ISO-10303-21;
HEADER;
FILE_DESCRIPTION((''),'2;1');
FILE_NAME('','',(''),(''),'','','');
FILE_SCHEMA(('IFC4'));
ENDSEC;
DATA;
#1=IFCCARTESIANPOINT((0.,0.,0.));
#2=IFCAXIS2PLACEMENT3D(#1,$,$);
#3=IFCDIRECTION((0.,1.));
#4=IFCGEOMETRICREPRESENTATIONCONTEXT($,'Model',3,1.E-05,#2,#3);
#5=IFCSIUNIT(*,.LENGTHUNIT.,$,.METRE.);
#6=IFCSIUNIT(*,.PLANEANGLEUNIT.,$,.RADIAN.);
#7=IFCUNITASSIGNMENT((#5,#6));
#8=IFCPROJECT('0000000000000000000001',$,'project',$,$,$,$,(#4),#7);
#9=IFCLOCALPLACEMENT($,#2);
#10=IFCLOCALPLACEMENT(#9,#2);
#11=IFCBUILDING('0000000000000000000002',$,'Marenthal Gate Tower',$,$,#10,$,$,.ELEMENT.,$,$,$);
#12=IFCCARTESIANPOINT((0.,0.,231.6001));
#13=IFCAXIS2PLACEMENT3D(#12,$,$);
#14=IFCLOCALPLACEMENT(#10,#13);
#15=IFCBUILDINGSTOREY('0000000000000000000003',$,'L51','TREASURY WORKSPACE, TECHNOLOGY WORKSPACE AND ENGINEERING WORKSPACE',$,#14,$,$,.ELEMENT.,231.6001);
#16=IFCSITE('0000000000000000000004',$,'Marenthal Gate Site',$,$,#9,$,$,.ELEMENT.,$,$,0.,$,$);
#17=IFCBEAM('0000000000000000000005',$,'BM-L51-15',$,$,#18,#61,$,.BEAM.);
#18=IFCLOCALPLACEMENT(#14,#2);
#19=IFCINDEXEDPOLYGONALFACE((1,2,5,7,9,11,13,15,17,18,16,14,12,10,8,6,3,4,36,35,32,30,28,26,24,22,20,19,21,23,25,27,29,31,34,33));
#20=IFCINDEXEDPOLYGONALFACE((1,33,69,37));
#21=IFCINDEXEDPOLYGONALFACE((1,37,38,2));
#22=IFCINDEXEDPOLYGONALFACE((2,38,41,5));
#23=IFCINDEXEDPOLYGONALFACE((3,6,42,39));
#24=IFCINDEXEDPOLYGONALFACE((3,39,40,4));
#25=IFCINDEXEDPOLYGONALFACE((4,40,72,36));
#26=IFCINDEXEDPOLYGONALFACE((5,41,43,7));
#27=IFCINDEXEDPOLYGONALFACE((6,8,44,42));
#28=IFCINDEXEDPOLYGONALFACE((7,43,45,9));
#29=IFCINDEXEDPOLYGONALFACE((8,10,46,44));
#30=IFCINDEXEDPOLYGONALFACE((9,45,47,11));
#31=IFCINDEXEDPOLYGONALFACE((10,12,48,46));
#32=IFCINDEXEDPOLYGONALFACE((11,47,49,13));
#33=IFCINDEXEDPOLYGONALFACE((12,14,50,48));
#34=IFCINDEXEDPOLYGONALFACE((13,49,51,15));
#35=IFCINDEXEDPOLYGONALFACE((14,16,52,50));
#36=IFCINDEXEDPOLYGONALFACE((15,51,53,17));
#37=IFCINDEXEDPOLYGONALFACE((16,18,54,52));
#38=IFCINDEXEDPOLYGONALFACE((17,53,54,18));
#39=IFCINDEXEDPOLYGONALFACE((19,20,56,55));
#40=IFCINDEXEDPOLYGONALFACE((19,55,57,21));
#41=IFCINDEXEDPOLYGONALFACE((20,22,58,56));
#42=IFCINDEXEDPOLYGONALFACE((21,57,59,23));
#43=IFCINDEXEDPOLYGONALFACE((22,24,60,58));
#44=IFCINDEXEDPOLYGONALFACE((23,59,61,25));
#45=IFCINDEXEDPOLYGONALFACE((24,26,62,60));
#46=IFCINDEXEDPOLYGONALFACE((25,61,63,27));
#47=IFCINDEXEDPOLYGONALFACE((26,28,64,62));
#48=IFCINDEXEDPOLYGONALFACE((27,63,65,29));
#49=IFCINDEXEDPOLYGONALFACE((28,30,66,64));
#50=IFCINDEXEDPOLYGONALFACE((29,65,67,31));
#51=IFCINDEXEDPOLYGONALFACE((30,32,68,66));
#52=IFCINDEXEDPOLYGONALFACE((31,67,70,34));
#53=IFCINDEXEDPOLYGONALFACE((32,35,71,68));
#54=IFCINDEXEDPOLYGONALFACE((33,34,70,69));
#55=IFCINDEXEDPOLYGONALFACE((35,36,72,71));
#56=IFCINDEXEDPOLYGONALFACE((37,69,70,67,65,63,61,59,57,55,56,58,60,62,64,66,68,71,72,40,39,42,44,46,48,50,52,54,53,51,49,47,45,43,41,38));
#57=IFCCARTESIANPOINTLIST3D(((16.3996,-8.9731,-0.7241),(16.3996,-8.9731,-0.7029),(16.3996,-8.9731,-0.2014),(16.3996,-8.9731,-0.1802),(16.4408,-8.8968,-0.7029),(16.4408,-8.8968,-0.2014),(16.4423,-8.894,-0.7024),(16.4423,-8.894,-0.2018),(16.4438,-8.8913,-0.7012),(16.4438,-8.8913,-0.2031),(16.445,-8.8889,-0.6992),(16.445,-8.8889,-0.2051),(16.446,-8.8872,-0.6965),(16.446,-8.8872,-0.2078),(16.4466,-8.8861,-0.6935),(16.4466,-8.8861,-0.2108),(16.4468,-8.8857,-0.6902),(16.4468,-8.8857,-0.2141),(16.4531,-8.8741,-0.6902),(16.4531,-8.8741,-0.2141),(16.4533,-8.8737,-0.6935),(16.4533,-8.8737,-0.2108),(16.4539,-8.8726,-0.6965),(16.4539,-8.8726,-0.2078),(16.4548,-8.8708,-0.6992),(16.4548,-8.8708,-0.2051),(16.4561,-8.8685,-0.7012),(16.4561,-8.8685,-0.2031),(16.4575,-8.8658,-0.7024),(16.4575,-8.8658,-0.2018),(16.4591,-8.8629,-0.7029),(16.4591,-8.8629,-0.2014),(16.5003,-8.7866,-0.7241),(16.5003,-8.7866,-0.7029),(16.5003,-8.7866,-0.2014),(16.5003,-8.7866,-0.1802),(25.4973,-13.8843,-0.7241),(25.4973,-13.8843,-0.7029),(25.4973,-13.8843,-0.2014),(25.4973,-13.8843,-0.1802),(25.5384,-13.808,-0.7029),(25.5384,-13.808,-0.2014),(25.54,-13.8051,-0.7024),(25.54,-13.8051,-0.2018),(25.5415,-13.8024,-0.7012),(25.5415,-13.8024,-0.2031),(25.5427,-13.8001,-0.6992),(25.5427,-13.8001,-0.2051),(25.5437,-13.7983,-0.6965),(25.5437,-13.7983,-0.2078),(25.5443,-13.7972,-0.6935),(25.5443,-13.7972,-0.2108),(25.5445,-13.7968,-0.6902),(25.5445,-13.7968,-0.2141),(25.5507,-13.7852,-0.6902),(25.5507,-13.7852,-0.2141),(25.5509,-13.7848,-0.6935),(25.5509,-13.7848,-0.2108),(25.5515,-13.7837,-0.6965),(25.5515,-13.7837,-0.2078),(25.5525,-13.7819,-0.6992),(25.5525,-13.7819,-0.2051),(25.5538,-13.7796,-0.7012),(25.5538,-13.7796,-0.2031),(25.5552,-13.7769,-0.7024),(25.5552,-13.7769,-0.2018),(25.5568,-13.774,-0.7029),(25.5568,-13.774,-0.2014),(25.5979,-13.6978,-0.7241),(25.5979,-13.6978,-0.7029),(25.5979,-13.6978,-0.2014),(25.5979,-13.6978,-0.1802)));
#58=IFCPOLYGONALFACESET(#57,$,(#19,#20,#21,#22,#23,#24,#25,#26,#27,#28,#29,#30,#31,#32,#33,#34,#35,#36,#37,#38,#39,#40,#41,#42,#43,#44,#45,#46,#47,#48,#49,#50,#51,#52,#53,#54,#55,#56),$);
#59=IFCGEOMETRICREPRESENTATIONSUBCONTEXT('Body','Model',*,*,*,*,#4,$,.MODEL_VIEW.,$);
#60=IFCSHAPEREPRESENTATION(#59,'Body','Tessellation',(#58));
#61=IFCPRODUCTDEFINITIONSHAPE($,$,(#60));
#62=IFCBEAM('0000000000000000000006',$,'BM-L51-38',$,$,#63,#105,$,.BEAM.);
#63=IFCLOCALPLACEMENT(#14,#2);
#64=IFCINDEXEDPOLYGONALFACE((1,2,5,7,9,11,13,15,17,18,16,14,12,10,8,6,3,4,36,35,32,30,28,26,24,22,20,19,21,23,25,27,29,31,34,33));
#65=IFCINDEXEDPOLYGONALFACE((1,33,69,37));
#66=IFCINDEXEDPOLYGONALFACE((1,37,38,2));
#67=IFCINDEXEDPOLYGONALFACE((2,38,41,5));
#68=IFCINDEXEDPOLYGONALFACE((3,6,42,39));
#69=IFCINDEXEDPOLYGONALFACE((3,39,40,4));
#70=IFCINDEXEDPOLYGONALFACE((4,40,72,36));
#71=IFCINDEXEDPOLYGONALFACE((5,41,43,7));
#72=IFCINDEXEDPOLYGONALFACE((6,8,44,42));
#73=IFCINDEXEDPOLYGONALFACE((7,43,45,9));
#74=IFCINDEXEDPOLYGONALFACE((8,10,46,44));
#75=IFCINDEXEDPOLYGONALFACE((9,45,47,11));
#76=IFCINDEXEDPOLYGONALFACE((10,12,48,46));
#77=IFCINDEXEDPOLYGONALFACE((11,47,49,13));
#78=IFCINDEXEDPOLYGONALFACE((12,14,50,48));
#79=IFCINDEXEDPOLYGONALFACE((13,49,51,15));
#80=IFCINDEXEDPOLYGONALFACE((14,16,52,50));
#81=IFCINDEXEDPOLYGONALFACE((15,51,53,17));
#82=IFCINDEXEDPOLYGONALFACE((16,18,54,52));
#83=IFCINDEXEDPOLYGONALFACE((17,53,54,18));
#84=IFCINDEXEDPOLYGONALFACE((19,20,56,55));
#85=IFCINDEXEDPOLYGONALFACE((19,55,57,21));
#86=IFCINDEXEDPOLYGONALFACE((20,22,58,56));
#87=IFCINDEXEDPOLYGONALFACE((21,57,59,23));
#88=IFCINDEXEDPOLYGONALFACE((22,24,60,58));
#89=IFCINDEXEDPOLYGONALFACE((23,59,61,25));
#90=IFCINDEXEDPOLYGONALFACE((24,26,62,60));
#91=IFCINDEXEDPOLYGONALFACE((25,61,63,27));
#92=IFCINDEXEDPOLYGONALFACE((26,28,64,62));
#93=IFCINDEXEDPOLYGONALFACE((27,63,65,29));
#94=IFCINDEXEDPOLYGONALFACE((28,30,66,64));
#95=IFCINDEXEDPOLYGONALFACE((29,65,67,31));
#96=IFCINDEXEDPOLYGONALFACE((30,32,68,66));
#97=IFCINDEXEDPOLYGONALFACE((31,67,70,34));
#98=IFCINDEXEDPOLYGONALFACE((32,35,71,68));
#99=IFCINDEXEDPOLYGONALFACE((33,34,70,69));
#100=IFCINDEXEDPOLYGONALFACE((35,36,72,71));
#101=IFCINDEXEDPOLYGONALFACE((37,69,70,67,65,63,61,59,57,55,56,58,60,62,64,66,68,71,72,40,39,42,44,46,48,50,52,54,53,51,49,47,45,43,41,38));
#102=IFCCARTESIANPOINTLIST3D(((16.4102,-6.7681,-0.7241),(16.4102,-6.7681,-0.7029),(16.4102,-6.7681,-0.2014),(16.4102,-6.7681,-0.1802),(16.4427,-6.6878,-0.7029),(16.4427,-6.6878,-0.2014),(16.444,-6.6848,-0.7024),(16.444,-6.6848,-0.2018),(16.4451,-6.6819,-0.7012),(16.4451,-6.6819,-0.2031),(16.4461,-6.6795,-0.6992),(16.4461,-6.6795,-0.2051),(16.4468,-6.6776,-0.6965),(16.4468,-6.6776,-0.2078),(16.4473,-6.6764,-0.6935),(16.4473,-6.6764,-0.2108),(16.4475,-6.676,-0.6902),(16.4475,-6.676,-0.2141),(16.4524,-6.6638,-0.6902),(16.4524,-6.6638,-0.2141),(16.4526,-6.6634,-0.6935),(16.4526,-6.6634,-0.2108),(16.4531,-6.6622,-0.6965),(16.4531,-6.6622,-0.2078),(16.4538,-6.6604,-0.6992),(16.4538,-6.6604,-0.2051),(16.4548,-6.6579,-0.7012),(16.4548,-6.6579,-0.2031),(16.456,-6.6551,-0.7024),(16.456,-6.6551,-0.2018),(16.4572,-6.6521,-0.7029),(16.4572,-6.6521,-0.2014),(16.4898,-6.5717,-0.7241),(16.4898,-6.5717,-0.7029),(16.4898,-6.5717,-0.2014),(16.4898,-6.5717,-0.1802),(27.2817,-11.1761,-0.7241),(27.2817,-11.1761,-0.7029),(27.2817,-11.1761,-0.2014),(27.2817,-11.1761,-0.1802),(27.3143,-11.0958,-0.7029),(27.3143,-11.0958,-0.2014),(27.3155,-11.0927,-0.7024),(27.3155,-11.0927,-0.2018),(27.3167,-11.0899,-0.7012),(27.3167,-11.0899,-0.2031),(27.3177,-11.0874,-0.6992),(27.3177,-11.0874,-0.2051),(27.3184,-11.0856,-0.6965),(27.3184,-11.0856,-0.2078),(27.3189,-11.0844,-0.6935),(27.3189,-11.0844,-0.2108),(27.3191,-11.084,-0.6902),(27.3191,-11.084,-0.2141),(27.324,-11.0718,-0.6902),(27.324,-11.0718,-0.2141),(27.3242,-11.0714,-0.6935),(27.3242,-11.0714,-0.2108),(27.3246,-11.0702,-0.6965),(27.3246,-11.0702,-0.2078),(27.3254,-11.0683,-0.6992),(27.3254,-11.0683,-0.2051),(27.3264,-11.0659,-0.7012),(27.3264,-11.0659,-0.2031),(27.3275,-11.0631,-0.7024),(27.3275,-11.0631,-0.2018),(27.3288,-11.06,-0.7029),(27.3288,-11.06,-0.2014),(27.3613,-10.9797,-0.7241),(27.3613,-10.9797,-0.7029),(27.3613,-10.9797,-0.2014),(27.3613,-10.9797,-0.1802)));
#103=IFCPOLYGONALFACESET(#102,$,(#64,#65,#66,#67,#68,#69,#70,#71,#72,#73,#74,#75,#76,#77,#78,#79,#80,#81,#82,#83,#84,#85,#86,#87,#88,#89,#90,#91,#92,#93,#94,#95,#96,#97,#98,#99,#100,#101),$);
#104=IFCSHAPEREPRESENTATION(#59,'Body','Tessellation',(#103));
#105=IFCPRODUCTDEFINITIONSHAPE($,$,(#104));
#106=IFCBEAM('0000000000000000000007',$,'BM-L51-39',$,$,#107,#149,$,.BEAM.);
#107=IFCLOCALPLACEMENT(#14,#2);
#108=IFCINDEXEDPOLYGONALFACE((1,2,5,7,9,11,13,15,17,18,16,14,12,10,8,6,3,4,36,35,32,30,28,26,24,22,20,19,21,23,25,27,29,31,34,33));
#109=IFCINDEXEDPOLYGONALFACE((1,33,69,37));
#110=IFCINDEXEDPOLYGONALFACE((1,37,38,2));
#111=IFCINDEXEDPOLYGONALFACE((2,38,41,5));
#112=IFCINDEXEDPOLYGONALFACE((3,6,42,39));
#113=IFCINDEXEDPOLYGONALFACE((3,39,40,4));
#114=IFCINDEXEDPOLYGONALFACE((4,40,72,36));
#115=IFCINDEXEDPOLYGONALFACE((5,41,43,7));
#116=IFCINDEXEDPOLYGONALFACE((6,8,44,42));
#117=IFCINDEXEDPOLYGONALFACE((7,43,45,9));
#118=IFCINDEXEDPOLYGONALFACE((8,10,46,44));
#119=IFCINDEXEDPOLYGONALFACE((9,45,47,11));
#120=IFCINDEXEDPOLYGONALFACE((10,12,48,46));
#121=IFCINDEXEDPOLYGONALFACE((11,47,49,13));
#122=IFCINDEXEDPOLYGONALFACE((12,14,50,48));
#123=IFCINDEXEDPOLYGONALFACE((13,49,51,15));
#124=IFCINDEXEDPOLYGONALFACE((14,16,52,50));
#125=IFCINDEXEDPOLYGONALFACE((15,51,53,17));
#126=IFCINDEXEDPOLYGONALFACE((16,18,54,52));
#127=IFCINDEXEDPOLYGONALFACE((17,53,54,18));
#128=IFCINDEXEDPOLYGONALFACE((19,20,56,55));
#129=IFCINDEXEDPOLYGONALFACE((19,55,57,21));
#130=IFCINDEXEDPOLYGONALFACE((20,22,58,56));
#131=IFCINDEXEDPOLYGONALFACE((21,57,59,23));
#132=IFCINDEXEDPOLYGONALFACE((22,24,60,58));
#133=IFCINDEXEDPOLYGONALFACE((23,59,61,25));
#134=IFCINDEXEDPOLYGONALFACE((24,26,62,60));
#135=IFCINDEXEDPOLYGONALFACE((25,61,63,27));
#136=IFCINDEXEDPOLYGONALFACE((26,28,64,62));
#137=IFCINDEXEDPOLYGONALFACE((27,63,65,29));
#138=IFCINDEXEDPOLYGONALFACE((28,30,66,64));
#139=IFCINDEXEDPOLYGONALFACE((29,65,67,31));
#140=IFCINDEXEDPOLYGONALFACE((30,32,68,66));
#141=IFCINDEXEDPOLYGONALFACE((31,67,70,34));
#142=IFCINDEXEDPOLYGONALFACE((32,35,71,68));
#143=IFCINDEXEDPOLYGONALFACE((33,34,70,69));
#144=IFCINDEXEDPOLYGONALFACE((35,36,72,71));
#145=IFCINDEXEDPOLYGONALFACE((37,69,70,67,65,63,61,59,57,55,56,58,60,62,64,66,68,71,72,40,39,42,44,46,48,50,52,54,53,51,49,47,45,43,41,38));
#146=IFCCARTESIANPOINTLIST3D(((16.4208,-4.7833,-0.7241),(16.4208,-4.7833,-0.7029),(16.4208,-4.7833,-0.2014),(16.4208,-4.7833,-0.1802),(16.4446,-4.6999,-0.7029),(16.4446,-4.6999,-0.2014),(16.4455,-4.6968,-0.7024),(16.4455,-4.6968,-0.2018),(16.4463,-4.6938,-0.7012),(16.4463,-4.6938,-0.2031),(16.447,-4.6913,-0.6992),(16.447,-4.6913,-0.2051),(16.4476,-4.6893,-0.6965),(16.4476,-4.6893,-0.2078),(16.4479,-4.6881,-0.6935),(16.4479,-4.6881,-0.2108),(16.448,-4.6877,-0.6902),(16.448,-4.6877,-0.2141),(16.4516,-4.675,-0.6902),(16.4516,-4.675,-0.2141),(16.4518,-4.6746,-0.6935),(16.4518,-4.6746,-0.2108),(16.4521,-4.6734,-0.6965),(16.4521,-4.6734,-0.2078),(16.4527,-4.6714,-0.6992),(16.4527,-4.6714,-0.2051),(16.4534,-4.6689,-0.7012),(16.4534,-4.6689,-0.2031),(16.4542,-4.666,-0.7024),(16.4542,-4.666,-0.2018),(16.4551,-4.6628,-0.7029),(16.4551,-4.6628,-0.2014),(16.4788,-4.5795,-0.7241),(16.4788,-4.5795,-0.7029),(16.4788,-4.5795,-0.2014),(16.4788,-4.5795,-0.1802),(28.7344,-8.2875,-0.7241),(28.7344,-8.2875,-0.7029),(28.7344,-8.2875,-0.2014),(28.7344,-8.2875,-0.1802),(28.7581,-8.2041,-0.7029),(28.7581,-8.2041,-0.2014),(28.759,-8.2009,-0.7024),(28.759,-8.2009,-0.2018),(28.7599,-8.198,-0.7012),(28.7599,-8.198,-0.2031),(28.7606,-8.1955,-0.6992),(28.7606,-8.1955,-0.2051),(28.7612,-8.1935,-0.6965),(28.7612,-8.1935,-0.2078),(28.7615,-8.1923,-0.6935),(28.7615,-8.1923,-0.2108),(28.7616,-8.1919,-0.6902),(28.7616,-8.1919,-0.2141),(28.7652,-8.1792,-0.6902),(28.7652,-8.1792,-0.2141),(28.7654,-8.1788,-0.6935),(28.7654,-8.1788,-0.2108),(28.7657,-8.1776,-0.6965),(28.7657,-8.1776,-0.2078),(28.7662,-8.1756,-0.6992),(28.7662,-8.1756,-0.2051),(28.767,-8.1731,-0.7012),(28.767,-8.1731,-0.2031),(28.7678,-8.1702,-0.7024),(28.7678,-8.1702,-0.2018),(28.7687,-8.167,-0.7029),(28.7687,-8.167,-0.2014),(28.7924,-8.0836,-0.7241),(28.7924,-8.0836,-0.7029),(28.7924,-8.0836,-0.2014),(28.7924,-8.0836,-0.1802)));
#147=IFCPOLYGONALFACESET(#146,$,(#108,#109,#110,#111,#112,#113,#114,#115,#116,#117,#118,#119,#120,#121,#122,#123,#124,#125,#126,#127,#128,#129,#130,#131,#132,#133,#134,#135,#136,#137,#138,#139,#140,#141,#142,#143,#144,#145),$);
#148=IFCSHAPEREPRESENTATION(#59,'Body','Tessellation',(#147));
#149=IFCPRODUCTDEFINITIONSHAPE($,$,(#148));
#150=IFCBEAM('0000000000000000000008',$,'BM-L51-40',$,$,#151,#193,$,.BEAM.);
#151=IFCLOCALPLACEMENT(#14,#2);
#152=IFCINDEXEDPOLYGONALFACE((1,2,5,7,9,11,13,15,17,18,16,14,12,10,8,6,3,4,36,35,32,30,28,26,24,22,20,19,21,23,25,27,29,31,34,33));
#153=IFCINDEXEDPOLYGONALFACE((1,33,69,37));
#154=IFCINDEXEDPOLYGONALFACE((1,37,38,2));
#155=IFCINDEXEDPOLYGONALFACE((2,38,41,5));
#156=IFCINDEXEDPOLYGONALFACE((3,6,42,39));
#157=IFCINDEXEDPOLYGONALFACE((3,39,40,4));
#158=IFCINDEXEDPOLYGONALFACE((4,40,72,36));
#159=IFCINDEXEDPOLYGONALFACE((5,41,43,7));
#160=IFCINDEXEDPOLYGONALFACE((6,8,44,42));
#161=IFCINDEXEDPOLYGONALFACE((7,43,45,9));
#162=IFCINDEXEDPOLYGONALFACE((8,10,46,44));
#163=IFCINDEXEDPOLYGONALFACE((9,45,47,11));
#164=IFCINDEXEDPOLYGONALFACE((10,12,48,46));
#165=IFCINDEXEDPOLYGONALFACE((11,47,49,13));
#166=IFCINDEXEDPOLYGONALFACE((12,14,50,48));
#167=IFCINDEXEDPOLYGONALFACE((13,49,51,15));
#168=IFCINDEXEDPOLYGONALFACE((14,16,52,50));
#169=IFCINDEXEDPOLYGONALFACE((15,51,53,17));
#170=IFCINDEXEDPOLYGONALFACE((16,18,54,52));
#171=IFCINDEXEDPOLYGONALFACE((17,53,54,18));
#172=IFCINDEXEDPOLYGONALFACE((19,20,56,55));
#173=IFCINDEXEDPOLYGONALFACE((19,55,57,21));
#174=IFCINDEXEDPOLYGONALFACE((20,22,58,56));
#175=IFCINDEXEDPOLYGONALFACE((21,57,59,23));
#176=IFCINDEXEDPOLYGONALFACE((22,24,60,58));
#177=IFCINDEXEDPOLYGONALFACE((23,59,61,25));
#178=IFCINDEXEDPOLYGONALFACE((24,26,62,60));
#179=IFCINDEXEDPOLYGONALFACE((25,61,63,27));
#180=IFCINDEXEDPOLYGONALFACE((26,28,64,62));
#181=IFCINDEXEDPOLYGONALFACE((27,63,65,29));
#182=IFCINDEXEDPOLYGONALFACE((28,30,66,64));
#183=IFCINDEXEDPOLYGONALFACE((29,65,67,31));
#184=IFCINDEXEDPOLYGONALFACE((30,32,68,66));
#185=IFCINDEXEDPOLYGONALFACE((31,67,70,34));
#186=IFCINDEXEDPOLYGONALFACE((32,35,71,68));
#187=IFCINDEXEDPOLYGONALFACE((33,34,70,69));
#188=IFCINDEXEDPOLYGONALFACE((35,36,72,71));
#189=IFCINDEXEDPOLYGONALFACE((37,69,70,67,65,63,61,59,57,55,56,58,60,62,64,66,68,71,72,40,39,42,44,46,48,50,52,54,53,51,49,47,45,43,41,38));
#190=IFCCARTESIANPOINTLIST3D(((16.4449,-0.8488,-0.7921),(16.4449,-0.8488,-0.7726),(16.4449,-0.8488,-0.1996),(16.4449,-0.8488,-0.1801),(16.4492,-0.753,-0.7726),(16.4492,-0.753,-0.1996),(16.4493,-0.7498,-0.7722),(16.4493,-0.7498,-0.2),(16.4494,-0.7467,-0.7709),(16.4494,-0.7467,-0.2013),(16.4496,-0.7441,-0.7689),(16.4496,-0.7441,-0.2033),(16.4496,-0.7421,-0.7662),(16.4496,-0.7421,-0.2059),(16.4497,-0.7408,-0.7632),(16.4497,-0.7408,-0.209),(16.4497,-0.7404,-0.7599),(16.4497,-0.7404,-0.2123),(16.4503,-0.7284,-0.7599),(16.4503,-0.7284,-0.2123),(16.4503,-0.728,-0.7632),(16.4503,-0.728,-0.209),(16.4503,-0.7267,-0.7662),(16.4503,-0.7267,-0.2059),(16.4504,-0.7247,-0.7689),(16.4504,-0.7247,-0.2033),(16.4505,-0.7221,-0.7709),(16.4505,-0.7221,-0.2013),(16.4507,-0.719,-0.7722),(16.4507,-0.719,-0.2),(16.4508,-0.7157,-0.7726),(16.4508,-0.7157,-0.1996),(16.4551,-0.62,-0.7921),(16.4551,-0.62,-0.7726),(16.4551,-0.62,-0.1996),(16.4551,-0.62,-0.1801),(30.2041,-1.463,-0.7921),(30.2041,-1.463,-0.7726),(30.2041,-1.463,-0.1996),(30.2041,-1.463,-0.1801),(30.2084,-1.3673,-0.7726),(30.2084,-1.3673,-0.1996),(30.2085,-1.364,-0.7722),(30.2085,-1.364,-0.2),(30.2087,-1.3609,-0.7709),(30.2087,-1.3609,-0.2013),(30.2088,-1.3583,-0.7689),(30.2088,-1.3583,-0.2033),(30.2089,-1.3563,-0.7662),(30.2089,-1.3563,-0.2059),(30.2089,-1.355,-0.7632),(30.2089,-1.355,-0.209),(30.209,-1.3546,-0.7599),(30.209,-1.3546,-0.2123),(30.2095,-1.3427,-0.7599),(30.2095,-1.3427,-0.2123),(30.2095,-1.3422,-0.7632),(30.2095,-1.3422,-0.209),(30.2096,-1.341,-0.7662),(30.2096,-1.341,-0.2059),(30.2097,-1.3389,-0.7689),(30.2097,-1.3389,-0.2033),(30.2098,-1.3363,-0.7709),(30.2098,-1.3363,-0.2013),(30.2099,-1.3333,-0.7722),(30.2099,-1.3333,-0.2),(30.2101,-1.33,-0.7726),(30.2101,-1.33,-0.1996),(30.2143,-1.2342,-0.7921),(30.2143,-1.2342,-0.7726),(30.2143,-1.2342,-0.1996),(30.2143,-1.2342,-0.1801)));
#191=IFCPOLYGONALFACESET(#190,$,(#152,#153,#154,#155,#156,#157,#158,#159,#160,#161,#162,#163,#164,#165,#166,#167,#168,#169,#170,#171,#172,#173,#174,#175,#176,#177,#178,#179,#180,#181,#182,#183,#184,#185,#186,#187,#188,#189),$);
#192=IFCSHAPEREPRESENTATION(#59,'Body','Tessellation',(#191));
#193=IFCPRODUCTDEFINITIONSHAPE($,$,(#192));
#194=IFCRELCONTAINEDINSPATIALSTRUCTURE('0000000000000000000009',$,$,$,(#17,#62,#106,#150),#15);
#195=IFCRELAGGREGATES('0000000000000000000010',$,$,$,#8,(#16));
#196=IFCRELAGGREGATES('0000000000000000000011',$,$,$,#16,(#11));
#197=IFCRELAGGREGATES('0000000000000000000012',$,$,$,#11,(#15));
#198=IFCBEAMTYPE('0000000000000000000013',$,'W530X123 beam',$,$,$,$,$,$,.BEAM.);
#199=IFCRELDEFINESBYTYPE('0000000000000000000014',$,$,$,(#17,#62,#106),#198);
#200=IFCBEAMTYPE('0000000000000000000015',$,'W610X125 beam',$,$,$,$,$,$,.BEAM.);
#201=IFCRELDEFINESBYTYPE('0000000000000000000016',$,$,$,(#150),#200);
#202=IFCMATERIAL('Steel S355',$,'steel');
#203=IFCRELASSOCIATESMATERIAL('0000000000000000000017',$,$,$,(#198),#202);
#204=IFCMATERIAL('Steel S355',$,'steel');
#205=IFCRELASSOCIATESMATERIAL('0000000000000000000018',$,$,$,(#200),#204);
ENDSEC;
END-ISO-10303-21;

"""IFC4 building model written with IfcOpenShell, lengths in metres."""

from ifc_helpers import new_model, si_unit, direction, frame, origin, origin_2d, place, context, subcontext, project, spatial, i_section, extrude, material, material_profile, profile_set, type_object, element, save


model = new_model("IFC4")

# Units and contexts
model_context = context("Model", 3, precision=1e-05, world=origin(), true_north=direction((0.0, 1.0)))
body_context = subcontext(model_context, "Body", "Model", "MODEL_VIEW")
ifc_project = project(units=[si_unit("LENGTHUNIT", "METRE"), si_unit("PLANEANGLEUNIT", "RADIAN")], contexts=[model_context])

# Site, building, storey
site_placement = place(None, origin())
site = spatial("IfcSite", under=ifc_project, at=site_placement, Name="Marenthal Gate Site", CompositionType="ELEMENT", RefElevation=0.0)
building_placement = place(site_placement, origin())
building = spatial("IfcBuilding", under=site, at=building_placement, Name="Marenthal Gate Tower", CompositionType="ELEMENT")
storey_placement = place(building_placement, frame((0.0, 0.0, 231.6001)))
storey = spatial("IfcBuildingStorey", under=building, at=storey_placement, Name="L51", Description="TREASURY WORKSPACE, TECHNOLOGY WORKSPACE AND ENGINEERING WORKSPACE", CompositionType="ELEMENT", Elevation=231.6001)

# Beams
ifc_material_1 = material(Name="Steel S355", Category="steel")
ifc_material_profile_1 = material_profile(ifc_material_1, i_section(OverallWidth=0.2119, OverallDepth=0.5439, WebThickness=0.0132, FlangeThickness=0.0212, FilletRadius=0.0127, at=origin_2d()), Name="W530X123")
ifc_profile_set_1 = profile_set([ifc_material_profile_1], Name="Steel S355")
beam_type_1 = type_object("IfcBeamType", Name="W530X123 beam", PredefinedType="BEAM", material=ifc_profile_set_1)
beam_1_placement = place(storey_placement, frame((25.5476, -13.791, -0.4521), z_axis=(-0.87997, 0.475029, 0.0), x_axis=(-0.475029, -0.87997, 0.0)))
element("IfcBeam", 1, at=beam_1_placement, inside=storey, type_object=beam_type_1, Name="BM-L51-15", PredefinedType="BEAM", context=body_context, shape_type="SweptSolid", body=[
    extrude(i_section(OverallWidth=0.2119, OverallDepth=0.5439, WebThickness=0.0132, FlangeThickness=0.0212, FilletRadius=0.0127, at=origin_2d()), origin(), (0.0, 0.0, 1.0), 10.3386),
])
beam_2_placement = place(storey_placement, frame((27.3215, -11.0779, -0.4521), z_axis=(-0.926723, 0.375746, 0.0), x_axis=(-0.375746, -0.926723, 0.0)))
element("IfcBeam", 2, at=beam_2_placement, inside=storey, type_object=beam_type_1, Name="BM-L51-38", PredefinedType="BEAM", context=body_context, shape_type="SweptSolid", body=[
    extrude(i_section(OverallWidth=0.2119, OverallDepth=0.5439, WebThickness=0.0132, FlangeThickness=0.0212, FilletRadius=0.0127, at=origin_2d()), origin(), (0.0, 0.0, 1.0), 11.7312),
])
beam_3_placement = place(storey_placement, frame((28.7634, -8.1855, -0.4521), z_axis=(-0.961812, 0.273711, 0.0), x_axis=(-0.273711, -0.961812, 0.0)))
element("IfcBeam", 3, at=beam_3_placement, inside=storey, type_object=beam_type_1, Name="BM-L51-39", PredefinedType="BEAM", context=body_context, shape_type="SweptSolid", body=[
    extrude(i_section(OverallWidth=0.2119, OverallDepth=0.5439, WebThickness=0.0132, FlangeThickness=0.0212, FilletRadius=0.0127, at=origin_2d()), origin(), (0.0, 0.0, 1.0), 12.8025),
])
ifc_material_2 = material(Name="Steel S355", Category="steel")
ifc_material_profile_2 = material_profile(ifc_material_2, i_section(OverallWidth=0.229, OverallDepth=0.6121, WebThickness=0.012, FlangeThickness=0.0195, FilletRadius=0.0127, at=origin_2d()), Name="W610X125")
ifc_profile_set_2 = profile_set([ifc_material_profile_2], Name="Steel S355")
beam_type_2 = type_object("IfcBeamType", Name="W610X125 beam", PredefinedType="BEAM", material=ifc_profile_set_2)
beam_4_placement = place(storey_placement, frame((30.2092, -1.3486, -0.4861), z_axis=(-0.999005, 0.044599, 0.0), x_axis=(-0.044599, -0.999005, 0.0)))
element("IfcBeam", 4, at=beam_4_placement, inside=storey, type_object=beam_type_2, Name="BM-L51-40", PredefinedType="BEAM", context=body_context, shape_type="SweptSolid", body=[
    extrude(i_section(OverallWidth=0.229, OverallDepth=0.6121, WebThickness=0.012, FlangeThickness=0.0195, FilletRadius=0.0127, at=origin_2d()), origin(), (0.0, 0.0, 1.0), 13.7729),
])

save(model, "model.ifc")
